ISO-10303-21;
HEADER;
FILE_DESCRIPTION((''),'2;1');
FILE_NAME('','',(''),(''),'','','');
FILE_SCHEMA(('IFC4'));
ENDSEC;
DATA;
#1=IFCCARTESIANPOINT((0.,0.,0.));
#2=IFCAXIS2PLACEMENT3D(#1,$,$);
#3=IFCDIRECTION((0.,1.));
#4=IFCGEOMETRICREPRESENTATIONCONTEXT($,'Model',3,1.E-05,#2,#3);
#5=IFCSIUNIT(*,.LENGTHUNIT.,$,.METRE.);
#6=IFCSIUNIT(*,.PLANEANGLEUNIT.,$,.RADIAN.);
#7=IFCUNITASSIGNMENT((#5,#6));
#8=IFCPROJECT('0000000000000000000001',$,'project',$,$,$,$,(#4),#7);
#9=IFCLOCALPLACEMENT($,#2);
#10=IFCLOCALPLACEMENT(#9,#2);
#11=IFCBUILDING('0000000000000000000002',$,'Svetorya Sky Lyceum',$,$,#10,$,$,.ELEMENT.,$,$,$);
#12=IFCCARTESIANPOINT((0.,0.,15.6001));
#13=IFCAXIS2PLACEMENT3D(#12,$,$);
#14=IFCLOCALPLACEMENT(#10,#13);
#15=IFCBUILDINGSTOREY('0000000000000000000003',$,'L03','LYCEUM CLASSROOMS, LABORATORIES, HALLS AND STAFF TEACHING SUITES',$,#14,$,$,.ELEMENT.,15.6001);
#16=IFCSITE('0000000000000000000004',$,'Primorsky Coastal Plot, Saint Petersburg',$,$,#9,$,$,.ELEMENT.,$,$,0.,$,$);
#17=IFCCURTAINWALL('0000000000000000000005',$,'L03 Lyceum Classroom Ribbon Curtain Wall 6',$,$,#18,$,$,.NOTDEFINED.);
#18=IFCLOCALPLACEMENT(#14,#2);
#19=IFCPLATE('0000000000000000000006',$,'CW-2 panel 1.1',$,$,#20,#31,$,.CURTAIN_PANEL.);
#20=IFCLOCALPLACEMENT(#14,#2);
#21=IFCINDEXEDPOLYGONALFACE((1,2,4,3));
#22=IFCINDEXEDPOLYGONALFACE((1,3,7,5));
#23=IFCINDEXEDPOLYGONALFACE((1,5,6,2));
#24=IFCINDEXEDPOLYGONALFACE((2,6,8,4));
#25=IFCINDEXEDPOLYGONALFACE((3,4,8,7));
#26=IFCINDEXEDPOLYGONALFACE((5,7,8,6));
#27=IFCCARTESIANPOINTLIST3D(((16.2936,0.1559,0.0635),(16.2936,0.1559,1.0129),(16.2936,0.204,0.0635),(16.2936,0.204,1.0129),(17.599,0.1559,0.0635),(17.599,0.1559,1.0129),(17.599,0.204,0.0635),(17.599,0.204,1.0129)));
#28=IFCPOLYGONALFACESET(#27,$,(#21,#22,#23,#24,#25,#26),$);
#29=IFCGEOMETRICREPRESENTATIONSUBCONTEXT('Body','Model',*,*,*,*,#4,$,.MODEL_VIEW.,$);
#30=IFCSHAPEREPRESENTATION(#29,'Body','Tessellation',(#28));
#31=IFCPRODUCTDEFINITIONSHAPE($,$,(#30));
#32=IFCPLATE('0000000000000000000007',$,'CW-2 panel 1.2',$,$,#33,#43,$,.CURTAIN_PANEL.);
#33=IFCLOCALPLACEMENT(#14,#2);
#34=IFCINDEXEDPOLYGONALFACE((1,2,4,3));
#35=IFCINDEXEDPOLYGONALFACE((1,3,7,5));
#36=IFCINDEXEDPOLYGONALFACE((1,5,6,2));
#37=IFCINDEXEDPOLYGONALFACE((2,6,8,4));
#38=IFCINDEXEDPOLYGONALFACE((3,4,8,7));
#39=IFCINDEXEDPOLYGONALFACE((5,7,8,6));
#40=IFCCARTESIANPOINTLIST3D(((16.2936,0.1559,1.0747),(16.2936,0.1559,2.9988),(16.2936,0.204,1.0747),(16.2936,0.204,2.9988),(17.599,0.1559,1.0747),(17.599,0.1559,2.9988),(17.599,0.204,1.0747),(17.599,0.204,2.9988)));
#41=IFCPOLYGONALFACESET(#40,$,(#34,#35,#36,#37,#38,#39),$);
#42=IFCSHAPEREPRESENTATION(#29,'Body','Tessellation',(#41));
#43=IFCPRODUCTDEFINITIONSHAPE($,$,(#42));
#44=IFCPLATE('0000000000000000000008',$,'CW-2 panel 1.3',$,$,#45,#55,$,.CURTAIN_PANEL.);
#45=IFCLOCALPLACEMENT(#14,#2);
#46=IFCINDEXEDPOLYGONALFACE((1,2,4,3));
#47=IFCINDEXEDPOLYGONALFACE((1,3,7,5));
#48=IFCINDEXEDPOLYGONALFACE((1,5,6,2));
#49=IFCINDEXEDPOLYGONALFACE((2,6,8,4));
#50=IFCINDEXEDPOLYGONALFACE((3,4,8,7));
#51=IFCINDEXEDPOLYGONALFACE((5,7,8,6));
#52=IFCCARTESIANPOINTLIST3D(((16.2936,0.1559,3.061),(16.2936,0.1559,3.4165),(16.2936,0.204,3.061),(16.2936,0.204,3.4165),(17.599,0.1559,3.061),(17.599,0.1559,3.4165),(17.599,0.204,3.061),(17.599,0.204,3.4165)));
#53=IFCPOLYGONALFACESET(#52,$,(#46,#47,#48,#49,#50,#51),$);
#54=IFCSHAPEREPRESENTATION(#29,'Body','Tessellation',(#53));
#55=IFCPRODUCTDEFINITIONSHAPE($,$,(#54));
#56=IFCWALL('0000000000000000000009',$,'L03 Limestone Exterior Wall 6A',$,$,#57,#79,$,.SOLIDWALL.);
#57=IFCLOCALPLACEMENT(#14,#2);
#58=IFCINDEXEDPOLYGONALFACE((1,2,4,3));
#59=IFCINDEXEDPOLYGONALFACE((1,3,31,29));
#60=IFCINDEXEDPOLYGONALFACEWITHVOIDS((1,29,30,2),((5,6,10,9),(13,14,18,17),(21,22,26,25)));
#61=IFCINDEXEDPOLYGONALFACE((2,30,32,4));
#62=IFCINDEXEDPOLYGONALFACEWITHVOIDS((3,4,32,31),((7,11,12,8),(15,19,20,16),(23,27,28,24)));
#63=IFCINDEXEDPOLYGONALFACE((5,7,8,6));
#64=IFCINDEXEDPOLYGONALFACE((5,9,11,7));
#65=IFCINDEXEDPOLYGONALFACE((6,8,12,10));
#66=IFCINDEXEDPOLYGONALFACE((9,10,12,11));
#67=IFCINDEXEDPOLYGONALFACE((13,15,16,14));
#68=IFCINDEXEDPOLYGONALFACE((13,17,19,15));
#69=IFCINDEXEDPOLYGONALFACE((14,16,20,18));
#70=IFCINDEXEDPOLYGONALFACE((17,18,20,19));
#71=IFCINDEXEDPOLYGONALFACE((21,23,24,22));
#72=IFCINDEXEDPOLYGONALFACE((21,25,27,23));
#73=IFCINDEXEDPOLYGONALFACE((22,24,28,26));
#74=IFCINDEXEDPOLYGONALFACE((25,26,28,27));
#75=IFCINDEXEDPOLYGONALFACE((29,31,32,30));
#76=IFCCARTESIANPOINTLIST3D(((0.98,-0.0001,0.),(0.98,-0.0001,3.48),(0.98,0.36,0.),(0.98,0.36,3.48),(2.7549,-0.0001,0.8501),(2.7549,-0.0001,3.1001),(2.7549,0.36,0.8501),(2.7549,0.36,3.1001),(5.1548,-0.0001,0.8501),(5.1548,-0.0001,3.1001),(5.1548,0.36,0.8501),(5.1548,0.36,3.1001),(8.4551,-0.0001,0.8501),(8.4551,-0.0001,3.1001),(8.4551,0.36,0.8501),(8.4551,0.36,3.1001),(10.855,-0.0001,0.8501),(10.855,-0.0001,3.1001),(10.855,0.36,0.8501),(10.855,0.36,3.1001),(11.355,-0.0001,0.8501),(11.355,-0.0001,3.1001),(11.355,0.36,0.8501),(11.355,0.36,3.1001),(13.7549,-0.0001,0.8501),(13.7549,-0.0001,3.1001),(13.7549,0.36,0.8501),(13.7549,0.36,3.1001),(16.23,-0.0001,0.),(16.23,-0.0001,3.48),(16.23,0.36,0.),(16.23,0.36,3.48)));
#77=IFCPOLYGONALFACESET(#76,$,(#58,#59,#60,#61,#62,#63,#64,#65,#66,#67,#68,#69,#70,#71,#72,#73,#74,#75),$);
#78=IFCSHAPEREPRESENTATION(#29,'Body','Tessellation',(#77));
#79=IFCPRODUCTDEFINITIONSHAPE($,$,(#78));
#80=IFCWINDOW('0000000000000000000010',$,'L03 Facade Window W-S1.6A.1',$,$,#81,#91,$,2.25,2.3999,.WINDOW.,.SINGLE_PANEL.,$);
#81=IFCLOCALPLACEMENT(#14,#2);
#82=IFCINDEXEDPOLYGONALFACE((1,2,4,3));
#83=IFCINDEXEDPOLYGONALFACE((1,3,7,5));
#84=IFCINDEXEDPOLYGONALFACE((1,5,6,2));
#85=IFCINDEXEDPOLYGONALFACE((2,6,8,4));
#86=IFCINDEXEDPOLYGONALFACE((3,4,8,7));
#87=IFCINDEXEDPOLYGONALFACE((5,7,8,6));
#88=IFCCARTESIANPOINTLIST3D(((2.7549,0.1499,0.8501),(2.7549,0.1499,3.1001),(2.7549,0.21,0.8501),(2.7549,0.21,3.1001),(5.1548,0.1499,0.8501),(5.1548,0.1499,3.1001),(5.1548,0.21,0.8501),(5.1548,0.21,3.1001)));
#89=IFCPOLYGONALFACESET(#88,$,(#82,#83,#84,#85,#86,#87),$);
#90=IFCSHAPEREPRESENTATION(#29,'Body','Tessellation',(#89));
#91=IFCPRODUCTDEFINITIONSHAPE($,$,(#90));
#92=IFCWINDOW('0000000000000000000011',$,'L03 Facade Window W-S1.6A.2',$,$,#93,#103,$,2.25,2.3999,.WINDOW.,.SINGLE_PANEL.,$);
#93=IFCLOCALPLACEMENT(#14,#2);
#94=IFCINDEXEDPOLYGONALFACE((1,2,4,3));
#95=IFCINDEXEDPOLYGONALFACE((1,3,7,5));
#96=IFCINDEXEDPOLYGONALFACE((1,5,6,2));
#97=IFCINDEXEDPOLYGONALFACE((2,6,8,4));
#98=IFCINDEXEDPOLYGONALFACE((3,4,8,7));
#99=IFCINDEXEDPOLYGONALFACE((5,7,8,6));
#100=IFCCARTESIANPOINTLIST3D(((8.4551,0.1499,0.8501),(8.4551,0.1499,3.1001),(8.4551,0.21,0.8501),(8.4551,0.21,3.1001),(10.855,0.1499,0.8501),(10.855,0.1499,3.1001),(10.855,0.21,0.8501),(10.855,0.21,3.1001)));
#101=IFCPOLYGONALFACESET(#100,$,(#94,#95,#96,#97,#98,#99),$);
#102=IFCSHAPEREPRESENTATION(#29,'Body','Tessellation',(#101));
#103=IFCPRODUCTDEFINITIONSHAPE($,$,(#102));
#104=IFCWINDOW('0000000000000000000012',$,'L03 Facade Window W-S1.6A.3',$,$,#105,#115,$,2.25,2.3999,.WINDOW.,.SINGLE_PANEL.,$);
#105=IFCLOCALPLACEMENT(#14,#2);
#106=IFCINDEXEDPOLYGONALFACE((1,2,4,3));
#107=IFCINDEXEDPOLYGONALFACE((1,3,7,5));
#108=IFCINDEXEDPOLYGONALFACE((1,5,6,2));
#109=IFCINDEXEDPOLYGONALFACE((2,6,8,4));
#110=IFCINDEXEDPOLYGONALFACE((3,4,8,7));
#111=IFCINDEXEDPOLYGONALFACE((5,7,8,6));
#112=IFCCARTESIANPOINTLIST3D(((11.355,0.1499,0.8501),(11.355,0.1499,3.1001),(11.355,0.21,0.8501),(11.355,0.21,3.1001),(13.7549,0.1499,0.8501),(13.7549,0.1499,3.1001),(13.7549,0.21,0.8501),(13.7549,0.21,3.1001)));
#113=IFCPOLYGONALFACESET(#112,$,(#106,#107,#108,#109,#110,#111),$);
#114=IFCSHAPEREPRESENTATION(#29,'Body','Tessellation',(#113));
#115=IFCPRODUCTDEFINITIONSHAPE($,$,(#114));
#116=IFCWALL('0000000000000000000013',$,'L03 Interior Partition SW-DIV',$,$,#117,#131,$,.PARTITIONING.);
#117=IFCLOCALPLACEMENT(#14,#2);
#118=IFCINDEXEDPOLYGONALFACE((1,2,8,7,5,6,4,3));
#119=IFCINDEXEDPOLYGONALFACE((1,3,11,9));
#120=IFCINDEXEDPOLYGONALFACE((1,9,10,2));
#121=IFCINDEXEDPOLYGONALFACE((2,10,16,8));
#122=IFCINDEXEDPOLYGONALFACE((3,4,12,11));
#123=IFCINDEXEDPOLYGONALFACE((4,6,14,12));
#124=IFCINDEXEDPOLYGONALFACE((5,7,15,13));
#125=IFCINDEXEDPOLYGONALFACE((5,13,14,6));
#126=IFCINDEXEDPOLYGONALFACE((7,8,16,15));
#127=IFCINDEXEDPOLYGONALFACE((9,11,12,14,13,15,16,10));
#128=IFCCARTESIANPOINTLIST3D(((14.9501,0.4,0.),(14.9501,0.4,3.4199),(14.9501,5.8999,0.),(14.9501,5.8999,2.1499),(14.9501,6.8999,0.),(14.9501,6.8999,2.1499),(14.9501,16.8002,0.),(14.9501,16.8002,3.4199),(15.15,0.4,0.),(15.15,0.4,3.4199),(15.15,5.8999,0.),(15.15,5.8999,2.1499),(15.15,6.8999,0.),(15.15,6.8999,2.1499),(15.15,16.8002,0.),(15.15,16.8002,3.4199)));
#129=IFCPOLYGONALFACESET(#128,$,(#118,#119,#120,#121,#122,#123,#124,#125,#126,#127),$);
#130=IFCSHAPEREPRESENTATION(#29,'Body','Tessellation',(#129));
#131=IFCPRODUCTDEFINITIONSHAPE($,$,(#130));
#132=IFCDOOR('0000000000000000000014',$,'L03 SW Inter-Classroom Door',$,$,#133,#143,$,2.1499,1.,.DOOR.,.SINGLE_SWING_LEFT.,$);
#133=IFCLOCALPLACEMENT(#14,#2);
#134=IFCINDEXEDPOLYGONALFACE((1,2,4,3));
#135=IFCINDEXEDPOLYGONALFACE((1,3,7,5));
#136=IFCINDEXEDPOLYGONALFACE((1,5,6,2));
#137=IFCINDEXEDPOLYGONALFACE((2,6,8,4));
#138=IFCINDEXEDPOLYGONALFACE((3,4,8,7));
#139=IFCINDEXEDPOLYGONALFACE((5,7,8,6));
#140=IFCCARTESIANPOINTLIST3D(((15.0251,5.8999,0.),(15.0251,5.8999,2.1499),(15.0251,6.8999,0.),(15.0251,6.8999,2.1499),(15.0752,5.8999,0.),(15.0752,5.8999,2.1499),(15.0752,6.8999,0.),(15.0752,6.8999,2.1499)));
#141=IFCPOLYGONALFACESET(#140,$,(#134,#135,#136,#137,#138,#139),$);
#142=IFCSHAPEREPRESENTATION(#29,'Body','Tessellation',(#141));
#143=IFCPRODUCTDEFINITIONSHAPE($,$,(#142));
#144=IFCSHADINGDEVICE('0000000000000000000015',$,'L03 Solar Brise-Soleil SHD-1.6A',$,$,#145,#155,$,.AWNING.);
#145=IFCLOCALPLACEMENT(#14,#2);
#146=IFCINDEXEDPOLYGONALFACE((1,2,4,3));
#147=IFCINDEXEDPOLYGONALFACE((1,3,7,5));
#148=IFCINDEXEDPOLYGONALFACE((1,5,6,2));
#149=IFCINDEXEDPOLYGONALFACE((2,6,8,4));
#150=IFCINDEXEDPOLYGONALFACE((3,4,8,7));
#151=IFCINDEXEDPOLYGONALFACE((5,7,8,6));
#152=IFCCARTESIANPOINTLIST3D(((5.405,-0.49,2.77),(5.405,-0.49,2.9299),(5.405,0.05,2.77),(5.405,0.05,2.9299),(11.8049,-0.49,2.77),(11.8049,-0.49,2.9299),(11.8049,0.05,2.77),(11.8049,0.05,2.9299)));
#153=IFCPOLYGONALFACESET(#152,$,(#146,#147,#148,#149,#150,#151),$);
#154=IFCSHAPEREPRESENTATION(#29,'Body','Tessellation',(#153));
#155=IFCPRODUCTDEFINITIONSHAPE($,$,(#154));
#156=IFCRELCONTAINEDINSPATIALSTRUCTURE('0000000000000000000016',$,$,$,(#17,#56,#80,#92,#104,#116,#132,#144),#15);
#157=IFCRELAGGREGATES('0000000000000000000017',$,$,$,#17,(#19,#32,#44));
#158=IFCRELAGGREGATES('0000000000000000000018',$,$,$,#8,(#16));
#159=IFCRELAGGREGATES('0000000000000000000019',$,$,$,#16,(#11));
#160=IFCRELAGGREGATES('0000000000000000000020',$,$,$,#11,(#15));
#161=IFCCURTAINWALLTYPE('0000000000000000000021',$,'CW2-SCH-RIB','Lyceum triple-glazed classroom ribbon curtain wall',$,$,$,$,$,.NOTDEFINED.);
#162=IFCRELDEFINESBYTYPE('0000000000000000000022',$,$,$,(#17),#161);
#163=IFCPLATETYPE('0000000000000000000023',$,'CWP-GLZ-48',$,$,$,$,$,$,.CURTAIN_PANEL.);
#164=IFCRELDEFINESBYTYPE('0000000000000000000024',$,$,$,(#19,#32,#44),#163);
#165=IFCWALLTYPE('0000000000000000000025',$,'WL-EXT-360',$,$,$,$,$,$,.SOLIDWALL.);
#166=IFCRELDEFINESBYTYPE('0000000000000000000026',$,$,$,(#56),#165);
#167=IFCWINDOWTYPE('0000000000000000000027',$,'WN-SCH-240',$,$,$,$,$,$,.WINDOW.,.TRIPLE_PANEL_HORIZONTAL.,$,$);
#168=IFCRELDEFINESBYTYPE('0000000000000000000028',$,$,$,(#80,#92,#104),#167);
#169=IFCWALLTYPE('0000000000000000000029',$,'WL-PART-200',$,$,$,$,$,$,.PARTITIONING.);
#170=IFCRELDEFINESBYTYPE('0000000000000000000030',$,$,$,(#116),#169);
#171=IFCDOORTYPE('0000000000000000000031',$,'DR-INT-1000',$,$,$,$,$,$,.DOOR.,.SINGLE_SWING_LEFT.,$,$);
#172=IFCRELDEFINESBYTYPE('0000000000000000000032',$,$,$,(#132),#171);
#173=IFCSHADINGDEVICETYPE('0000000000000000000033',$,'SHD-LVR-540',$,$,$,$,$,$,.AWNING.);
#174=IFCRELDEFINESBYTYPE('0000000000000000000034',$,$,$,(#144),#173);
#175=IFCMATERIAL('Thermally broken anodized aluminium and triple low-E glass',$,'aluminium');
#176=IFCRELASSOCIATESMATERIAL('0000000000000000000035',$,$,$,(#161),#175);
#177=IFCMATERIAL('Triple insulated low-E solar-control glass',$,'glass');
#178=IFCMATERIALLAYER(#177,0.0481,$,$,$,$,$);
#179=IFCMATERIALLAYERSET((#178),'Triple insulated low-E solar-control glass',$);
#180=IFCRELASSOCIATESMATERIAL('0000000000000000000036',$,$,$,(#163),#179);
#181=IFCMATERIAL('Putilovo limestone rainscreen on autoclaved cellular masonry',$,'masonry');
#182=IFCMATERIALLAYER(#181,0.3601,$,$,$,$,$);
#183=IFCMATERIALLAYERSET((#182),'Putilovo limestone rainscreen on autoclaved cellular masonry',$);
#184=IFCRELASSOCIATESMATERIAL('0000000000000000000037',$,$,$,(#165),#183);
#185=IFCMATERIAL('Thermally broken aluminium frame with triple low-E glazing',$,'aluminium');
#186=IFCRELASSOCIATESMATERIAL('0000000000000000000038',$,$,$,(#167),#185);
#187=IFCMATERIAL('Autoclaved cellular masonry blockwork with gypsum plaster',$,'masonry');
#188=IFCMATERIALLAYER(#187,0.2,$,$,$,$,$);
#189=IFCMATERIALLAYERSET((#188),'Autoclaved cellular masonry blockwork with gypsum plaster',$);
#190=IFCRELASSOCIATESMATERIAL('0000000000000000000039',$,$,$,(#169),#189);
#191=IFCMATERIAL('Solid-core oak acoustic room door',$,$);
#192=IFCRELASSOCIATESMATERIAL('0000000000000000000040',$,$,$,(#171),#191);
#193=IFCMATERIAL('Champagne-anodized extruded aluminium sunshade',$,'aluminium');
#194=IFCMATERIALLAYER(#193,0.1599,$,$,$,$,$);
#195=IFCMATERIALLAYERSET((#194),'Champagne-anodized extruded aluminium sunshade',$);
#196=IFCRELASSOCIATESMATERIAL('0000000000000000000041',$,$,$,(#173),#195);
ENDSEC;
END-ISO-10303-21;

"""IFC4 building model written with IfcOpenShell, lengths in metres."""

from ifc_helpers import new_model, si_unit, direction, frame, frame_2d, origin, origin_2d, place, context, subcontext, project, spatial, rectangle, extrude, material, layer, layer_set, type_object, element, fill, aggregate, save


model = new_model("IFC4")

# Units and contexts
model_context = context("Model", 3, precision=1e-05, world=origin(), true_north=direction((0.0, 1.0)))
body_context = subcontext(model_context, "Body", "Model", "MODEL_VIEW")
ifc_project = project(units=[si_unit("LENGTHUNIT", "METRE"), si_unit("PLANEANGLEUNIT", "RADIAN")], contexts=[model_context])

# Site, building, storey
site_placement = place(None, origin())
site = spatial("IfcSite", under=ifc_project, at=site_placement, Name="Primorsky Coastal Plot, Saint Petersburg", CompositionType="ELEMENT", RefElevation=0.0)
building_placement = place(site_placement, origin())
building = spatial("IfcBuilding", under=site, at=building_placement, Name="Svetorya Sky Lyceum", CompositionType="ELEMENT")
storey_placement = place(building_placement, frame((0.0, 0.0, 15.6001)))
storey = spatial("IfcBuildingStorey", under=building, at=storey_placement, Name="L03", Description="LYCEUM CLASSROOMS, LABORATORIES, HALLS AND STAFF TEACHING SUITES", CompositionType="ELEMENT", Elevation=15.6001)

# Curtain wall, plates
ifc_material_1 = material(Name="Thermally broken anodized aluminium and triple low-E glass", Category="aluminium")
curtain_wall_type = type_object("IfcCurtainWallType", Name="CW2-SCH-RIB", Description="Lyceum triple-glazed classroom ribbon curtain wall", PredefinedType="NOTDEFINED", material=ifc_material_1)
curtain_wall_placement = place(storey_placement, origin())
curtain_wall = element("IfcCurtainWall", 1, at=curtain_wall_placement, inside=storey, type_object=curtain_wall_type, Name="L03 Lyceum Classroom Ribbon Curtain Wall 6", PredefinedType="NOTDEFINED")
ifc_material_2 = material(Name="Triple insulated low-E solar-control glass", Category="glass")
ifc_layer_1 = layer(ifc_material_2, 0.0481)
ifc_layer_set_1 = layer_set([ifc_layer_1], Name="Triple insulated low-E solar-control glass")
plate_type = type_object("IfcPlateType", Name="CWP-GLZ-48", PredefinedType="CURTAIN_PANEL", material=ifc_layer_set_1)
plate_1_placement = place(storey_placement, frame((16.9463, 0.1799, 0.0635), z_axis=(0.0, 0.0, 1.0), x_axis=(1.0, 0.0, 0.0)))
plate_1 = element("IfcPlate", 2, at=plate_1_placement, type_object=plate_type, Name="CW-2 panel 1.1", PredefinedType="CURTAIN_PANEL", context=body_context, shape_type="SweptSolid", body=[
    extrude(rectangle(XDim=1.3054, YDim=0.0481, at=origin_2d()), origin(), (0.0, 0.0, 1.0), 0.9495),
])
plate_2_placement = place(storey_placement, frame((16.9463, 0.1799, 1.0747), z_axis=(0.0, 0.0, 1.0), x_axis=(1.0, 0.0, 0.0)))
plate_2 = element("IfcPlate", 3, at=plate_2_placement, type_object=plate_type, Name="CW-2 panel 1.2", PredefinedType="CURTAIN_PANEL", context=body_context, shape_type="SweptSolid", body=[
    extrude(rectangle(XDim=1.3054, YDim=0.0481, at=origin_2d()), origin(), (0.0, 0.0, 1.0), 1.9241),
])
plate_3_placement = place(storey_placement, frame((16.9463, 0.1799, 3.061), z_axis=(0.0, 0.0, 1.0), x_axis=(1.0, 0.0, 0.0)))
plate_3 = element("IfcPlate", 4, at=plate_3_placement, type_object=plate_type, Name="CW-2 panel 1.3", PredefinedType="CURTAIN_PANEL", context=body_context, shape_type="SweptSolid", body=[
    extrude(rectangle(XDim=1.3054, YDim=0.0481, at=origin_2d()), origin(), (0.0, 0.0, 1.0), 0.3555),
])
aggregate(curtain_wall, [plate_1, plate_2, plate_3])

# Wall, openings, windows
ifc_material_3 = material(Name="Putilovo limestone rainscreen on autoclaved cellular masonry", Category="masonry")
ifc_layer_2 = layer(ifc_material_3, 0.3601)
ifc_layer_set_2 = layer_set([ifc_layer_2], Name="Putilovo limestone rainscreen on autoclaved cellular masonry")
wall_type_1 = type_object("IfcWallType", Name="WL-EXT-360", PredefinedType="SOLIDWALL", material=ifc_layer_set_2)
wall_1_placement = place(storey_placement, frame((0.98, 0.1799, 0.0), z_axis=(0.0, 0.0, 1.0), x_axis=(1.0, 0.0, 0.0)))
wall_1 = element("IfcWall", 5, at=wall_1_placement, inside=storey, type_object=wall_type_1, Name="L03 Limestone Exterior Wall 6A", PredefinedType="SOLIDWALL", context=body_context, shape_type="SweptSolid", body=[
    extrude(rectangle(XDim=15.25, YDim=0.3601, at=frame_2d((7.625, 0.0))), origin(), (0.0, 0.0, 1.0), 3.48),
])
opening_1_placement = place(wall_1_placement, frame((1.7749, 0.0, 0.8501)))
opening_1 = element("IfcOpeningElement", 6, at=opening_1_placement, cuts=wall_1, PredefinedType="OPENING", context=body_context, shape_type="SweptSolid", body=[
    extrude(rectangle(XDim=2.3999, YDim=2.25, at=frame_2d((1.2, 1.125))), frame((0.0, 0.1899, 0.0), z_axis=(0.0, -1.0, 0.0), x_axis=(1.0, 0.0, 0.0)), (0.0, 0.0, 1.0), 0.3801),
])
opening_2_placement = place(wall_1_placement, frame((7.4751, 0.0, 0.8501)))
opening_2 = element("IfcOpeningElement", 7, at=opening_2_placement, cuts=wall_1, PredefinedType="OPENING", context=body_context, shape_type="SweptSolid", body=[
    extrude(rectangle(XDim=2.3999, YDim=2.25, at=frame_2d((1.2, 1.125))), frame((0.0, 0.1899, 0.0), z_axis=(0.0, -1.0, 0.0), x_axis=(1.0, 0.0, 0.0)), (0.0, 0.0, 1.0), 0.3801),
])
opening_3_placement = place(wall_1_placement, frame((10.375, 0.0, 0.8501)))
opening_3 = element("IfcOpeningElement", 8, at=opening_3_placement, cuts=wall_1, PredefinedType="OPENING", context=body_context, shape_type="SweptSolid", body=[
    extrude(rectangle(XDim=2.3999, YDim=2.25, at=frame_2d((1.2, 1.125))), frame((0.0, 0.1899, 0.0), z_axis=(0.0, -1.0, 0.0), x_axis=(1.0, 0.0, 0.0)), (0.0, 0.0, 1.0), 0.3801),
])
ifc_material_4 = material(Name="Thermally broken aluminium frame with triple low-E glazing", Category="aluminium")
window_type = type_object("IfcWindowType", Name="WN-SCH-240", PartitioningType="TRIPLE_PANEL_HORIZONTAL", PredefinedType="WINDOW", material=ifc_material_4)
window_1_placement = place(opening_1_placement, origin())
window_1 = element("IfcWindow", 9, at=window_1_placement, inside=storey, type_object=window_type, Name="L03 Facade Window W-S1.6A.1", OverallHeight=2.25, OverallWidth=2.3999, PartitioningType="SINGLE_PANEL", PredefinedType="WINDOW", context=body_context, shape_type="SweptSolid", body=[
    extrude(rectangle(XDim=2.3999, YDim=2.25, at=frame_2d((1.2, 1.125))), frame((0.0, 0.03, 0.0), z_axis=(0.0, -1.0, 0.0), x_axis=(1.0, 0.0, 0.0)), (0.0, 0.0, 1.0), 0.0601),
])
fill(opening_1, window_1)
window_2_placement = place(opening_2_placement, origin())
window_2 = element("IfcWindow", 10, at=window_2_placement, inside=storey, type_object=window_type, Name="L03 Facade Window W-S1.6A.2", OverallHeight=2.25, OverallWidth=2.3999, PartitioningType="SINGLE_PANEL", PredefinedType="WINDOW", context=body_context, shape_type="SweptSolid", body=[
    extrude(rectangle(XDim=2.3999, YDim=2.25, at=frame_2d((1.2, 1.125))), frame((0.0, 0.03, 0.0), z_axis=(0.0, -1.0, 0.0), x_axis=(1.0, 0.0, 0.0)), (0.0, 0.0, 1.0), 0.0601),
])
fill(opening_2, window_2)
window_3_placement = place(opening_3_placement, origin())
window_3 = element("IfcWindow", 11, at=window_3_placement, inside=storey, type_object=window_type, Name="L03 Facade Window W-S1.6A.3", OverallHeight=2.25, OverallWidth=2.3999, PartitioningType="SINGLE_PANEL", PredefinedType="WINDOW", context=body_context, shape_type="SweptSolid", body=[
    extrude(rectangle(XDim=2.3999, YDim=2.25, at=frame_2d((1.2, 1.125))), frame((0.0, 0.03, 0.0), z_axis=(0.0, -1.0, 0.0), x_axis=(1.0, 0.0, 0.0)), (0.0, 0.0, 1.0), 0.0601),
])
fill(opening_3, window_3)

# Wall, opening, door
ifc_material_5 = material(Name="Autoclaved cellular masonry blockwork with gypsum plaster", Category="masonry")
ifc_layer_3 = layer(ifc_material_5, 0.2)
ifc_layer_set_3 = layer_set([ifc_layer_3], Name="Autoclaved cellular masonry blockwork with gypsum plaster")
wall_type_2 = type_object("IfcWallType", Name="WL-PART-200", PredefinedType="PARTITIONING", material=ifc_layer_set_3)
wall_2_placement = place(storey_placement, frame((15.05, 0.3999, 0.0), z_axis=(0.0, 0.0, 1.0), x_axis=(0.0, 1.0, 0.0)))
wall_2 = element("IfcWall", 12, at=wall_2_placement, inside=storey, type_object=wall_type_2, Name="L03 Interior Partition SW-DIV", PredefinedType="PARTITIONING", context=body_context, shape_type="SweptSolid", body=[
    extrude(rectangle(XDim=16.4001, YDim=0.2, at=frame_2d((8.2002, 0.0))), origin(), (0.0, 0.0, 1.0), 3.4199),
])
opening_4_placement = place(wall_2_placement, frame((5.5, 0.0, 0.0)))
opening_4 = element("IfcOpeningElement", 13, at=opening_4_placement, cuts=wall_2, PredefinedType="OPENING", context=body_context, shape_type="SweptSolid", body=[
    extrude(rectangle(XDim=1.0, YDim=2.1499, at=frame_2d((0.5, 1.075))), frame((0.0, 0.1099, 0.0), z_axis=(0.0, -1.0, 0.0), x_axis=(1.0, 0.0, 0.0)), (0.0, 0.0, 1.0), 0.22),
])
ifc_material_6 = material(Name="Solid-core oak acoustic room door")
door_type = type_object("IfcDoorType", Name="DR-INT-1000", OperationType="SINGLE_SWING_LEFT", PredefinedType="DOOR", material=ifc_material_6)
door_placement = place(opening_4_placement, origin())
door = element("IfcDoor", 14, at=door_placement, inside=storey, type_object=door_type, Name="L03 SW Inter-Classroom Door", OperationType="SINGLE_SWING_LEFT", OverallHeight=2.1499, OverallWidth=1.0, PredefinedType="DOOR", context=body_context, shape_type="SweptSolid", body=[
    extrude(rectangle(XDim=1.0, YDim=2.1499, at=frame_2d((0.5, 1.075))), frame((0.0, 0.0249, 0.0), z_axis=(0.0, -1.0, 0.0), x_axis=(1.0, 0.0, 0.0)), (0.0, 0.0, 1.0), 0.05),
])
fill(opening_4, door)

# Shading device
ifc_material_7 = material(Name="Champagne-anodized extruded aluminium sunshade", Category="aluminium")
ifc_layer_4 = layer(ifc_material_7, 0.1599)
ifc_layer_set_4 = layer_set([ifc_layer_4], Name="Champagne-anodized extruded aluminium sunshade")
shading_device_type = type_object("IfcShadingDeviceType", Name="SHD-LVR-540", PredefinedType="AWNING", material=ifc_layer_set_4)
shading_device_placement = place(storey_placement, frame((8.605, -0.22, 2.77), z_axis=(0.0, 0.0, 1.0), x_axis=(1.0, 0.0, 0.0)))
element("IfcShadingDevice", 15, at=shading_device_placement, inside=storey, type_object=shading_device_type, Name="L03 Solar Brise-Soleil SHD-1.6A", PredefinedType="AWNING", context=body_context, shape_type="SweptSolid", body=[
    extrude(rectangle(XDim=6.3999, YDim=0.54, at=origin_2d()), origin(), (0.0, 0.0, 1.0), 0.1599),
])

save(model, "model.ifc")
